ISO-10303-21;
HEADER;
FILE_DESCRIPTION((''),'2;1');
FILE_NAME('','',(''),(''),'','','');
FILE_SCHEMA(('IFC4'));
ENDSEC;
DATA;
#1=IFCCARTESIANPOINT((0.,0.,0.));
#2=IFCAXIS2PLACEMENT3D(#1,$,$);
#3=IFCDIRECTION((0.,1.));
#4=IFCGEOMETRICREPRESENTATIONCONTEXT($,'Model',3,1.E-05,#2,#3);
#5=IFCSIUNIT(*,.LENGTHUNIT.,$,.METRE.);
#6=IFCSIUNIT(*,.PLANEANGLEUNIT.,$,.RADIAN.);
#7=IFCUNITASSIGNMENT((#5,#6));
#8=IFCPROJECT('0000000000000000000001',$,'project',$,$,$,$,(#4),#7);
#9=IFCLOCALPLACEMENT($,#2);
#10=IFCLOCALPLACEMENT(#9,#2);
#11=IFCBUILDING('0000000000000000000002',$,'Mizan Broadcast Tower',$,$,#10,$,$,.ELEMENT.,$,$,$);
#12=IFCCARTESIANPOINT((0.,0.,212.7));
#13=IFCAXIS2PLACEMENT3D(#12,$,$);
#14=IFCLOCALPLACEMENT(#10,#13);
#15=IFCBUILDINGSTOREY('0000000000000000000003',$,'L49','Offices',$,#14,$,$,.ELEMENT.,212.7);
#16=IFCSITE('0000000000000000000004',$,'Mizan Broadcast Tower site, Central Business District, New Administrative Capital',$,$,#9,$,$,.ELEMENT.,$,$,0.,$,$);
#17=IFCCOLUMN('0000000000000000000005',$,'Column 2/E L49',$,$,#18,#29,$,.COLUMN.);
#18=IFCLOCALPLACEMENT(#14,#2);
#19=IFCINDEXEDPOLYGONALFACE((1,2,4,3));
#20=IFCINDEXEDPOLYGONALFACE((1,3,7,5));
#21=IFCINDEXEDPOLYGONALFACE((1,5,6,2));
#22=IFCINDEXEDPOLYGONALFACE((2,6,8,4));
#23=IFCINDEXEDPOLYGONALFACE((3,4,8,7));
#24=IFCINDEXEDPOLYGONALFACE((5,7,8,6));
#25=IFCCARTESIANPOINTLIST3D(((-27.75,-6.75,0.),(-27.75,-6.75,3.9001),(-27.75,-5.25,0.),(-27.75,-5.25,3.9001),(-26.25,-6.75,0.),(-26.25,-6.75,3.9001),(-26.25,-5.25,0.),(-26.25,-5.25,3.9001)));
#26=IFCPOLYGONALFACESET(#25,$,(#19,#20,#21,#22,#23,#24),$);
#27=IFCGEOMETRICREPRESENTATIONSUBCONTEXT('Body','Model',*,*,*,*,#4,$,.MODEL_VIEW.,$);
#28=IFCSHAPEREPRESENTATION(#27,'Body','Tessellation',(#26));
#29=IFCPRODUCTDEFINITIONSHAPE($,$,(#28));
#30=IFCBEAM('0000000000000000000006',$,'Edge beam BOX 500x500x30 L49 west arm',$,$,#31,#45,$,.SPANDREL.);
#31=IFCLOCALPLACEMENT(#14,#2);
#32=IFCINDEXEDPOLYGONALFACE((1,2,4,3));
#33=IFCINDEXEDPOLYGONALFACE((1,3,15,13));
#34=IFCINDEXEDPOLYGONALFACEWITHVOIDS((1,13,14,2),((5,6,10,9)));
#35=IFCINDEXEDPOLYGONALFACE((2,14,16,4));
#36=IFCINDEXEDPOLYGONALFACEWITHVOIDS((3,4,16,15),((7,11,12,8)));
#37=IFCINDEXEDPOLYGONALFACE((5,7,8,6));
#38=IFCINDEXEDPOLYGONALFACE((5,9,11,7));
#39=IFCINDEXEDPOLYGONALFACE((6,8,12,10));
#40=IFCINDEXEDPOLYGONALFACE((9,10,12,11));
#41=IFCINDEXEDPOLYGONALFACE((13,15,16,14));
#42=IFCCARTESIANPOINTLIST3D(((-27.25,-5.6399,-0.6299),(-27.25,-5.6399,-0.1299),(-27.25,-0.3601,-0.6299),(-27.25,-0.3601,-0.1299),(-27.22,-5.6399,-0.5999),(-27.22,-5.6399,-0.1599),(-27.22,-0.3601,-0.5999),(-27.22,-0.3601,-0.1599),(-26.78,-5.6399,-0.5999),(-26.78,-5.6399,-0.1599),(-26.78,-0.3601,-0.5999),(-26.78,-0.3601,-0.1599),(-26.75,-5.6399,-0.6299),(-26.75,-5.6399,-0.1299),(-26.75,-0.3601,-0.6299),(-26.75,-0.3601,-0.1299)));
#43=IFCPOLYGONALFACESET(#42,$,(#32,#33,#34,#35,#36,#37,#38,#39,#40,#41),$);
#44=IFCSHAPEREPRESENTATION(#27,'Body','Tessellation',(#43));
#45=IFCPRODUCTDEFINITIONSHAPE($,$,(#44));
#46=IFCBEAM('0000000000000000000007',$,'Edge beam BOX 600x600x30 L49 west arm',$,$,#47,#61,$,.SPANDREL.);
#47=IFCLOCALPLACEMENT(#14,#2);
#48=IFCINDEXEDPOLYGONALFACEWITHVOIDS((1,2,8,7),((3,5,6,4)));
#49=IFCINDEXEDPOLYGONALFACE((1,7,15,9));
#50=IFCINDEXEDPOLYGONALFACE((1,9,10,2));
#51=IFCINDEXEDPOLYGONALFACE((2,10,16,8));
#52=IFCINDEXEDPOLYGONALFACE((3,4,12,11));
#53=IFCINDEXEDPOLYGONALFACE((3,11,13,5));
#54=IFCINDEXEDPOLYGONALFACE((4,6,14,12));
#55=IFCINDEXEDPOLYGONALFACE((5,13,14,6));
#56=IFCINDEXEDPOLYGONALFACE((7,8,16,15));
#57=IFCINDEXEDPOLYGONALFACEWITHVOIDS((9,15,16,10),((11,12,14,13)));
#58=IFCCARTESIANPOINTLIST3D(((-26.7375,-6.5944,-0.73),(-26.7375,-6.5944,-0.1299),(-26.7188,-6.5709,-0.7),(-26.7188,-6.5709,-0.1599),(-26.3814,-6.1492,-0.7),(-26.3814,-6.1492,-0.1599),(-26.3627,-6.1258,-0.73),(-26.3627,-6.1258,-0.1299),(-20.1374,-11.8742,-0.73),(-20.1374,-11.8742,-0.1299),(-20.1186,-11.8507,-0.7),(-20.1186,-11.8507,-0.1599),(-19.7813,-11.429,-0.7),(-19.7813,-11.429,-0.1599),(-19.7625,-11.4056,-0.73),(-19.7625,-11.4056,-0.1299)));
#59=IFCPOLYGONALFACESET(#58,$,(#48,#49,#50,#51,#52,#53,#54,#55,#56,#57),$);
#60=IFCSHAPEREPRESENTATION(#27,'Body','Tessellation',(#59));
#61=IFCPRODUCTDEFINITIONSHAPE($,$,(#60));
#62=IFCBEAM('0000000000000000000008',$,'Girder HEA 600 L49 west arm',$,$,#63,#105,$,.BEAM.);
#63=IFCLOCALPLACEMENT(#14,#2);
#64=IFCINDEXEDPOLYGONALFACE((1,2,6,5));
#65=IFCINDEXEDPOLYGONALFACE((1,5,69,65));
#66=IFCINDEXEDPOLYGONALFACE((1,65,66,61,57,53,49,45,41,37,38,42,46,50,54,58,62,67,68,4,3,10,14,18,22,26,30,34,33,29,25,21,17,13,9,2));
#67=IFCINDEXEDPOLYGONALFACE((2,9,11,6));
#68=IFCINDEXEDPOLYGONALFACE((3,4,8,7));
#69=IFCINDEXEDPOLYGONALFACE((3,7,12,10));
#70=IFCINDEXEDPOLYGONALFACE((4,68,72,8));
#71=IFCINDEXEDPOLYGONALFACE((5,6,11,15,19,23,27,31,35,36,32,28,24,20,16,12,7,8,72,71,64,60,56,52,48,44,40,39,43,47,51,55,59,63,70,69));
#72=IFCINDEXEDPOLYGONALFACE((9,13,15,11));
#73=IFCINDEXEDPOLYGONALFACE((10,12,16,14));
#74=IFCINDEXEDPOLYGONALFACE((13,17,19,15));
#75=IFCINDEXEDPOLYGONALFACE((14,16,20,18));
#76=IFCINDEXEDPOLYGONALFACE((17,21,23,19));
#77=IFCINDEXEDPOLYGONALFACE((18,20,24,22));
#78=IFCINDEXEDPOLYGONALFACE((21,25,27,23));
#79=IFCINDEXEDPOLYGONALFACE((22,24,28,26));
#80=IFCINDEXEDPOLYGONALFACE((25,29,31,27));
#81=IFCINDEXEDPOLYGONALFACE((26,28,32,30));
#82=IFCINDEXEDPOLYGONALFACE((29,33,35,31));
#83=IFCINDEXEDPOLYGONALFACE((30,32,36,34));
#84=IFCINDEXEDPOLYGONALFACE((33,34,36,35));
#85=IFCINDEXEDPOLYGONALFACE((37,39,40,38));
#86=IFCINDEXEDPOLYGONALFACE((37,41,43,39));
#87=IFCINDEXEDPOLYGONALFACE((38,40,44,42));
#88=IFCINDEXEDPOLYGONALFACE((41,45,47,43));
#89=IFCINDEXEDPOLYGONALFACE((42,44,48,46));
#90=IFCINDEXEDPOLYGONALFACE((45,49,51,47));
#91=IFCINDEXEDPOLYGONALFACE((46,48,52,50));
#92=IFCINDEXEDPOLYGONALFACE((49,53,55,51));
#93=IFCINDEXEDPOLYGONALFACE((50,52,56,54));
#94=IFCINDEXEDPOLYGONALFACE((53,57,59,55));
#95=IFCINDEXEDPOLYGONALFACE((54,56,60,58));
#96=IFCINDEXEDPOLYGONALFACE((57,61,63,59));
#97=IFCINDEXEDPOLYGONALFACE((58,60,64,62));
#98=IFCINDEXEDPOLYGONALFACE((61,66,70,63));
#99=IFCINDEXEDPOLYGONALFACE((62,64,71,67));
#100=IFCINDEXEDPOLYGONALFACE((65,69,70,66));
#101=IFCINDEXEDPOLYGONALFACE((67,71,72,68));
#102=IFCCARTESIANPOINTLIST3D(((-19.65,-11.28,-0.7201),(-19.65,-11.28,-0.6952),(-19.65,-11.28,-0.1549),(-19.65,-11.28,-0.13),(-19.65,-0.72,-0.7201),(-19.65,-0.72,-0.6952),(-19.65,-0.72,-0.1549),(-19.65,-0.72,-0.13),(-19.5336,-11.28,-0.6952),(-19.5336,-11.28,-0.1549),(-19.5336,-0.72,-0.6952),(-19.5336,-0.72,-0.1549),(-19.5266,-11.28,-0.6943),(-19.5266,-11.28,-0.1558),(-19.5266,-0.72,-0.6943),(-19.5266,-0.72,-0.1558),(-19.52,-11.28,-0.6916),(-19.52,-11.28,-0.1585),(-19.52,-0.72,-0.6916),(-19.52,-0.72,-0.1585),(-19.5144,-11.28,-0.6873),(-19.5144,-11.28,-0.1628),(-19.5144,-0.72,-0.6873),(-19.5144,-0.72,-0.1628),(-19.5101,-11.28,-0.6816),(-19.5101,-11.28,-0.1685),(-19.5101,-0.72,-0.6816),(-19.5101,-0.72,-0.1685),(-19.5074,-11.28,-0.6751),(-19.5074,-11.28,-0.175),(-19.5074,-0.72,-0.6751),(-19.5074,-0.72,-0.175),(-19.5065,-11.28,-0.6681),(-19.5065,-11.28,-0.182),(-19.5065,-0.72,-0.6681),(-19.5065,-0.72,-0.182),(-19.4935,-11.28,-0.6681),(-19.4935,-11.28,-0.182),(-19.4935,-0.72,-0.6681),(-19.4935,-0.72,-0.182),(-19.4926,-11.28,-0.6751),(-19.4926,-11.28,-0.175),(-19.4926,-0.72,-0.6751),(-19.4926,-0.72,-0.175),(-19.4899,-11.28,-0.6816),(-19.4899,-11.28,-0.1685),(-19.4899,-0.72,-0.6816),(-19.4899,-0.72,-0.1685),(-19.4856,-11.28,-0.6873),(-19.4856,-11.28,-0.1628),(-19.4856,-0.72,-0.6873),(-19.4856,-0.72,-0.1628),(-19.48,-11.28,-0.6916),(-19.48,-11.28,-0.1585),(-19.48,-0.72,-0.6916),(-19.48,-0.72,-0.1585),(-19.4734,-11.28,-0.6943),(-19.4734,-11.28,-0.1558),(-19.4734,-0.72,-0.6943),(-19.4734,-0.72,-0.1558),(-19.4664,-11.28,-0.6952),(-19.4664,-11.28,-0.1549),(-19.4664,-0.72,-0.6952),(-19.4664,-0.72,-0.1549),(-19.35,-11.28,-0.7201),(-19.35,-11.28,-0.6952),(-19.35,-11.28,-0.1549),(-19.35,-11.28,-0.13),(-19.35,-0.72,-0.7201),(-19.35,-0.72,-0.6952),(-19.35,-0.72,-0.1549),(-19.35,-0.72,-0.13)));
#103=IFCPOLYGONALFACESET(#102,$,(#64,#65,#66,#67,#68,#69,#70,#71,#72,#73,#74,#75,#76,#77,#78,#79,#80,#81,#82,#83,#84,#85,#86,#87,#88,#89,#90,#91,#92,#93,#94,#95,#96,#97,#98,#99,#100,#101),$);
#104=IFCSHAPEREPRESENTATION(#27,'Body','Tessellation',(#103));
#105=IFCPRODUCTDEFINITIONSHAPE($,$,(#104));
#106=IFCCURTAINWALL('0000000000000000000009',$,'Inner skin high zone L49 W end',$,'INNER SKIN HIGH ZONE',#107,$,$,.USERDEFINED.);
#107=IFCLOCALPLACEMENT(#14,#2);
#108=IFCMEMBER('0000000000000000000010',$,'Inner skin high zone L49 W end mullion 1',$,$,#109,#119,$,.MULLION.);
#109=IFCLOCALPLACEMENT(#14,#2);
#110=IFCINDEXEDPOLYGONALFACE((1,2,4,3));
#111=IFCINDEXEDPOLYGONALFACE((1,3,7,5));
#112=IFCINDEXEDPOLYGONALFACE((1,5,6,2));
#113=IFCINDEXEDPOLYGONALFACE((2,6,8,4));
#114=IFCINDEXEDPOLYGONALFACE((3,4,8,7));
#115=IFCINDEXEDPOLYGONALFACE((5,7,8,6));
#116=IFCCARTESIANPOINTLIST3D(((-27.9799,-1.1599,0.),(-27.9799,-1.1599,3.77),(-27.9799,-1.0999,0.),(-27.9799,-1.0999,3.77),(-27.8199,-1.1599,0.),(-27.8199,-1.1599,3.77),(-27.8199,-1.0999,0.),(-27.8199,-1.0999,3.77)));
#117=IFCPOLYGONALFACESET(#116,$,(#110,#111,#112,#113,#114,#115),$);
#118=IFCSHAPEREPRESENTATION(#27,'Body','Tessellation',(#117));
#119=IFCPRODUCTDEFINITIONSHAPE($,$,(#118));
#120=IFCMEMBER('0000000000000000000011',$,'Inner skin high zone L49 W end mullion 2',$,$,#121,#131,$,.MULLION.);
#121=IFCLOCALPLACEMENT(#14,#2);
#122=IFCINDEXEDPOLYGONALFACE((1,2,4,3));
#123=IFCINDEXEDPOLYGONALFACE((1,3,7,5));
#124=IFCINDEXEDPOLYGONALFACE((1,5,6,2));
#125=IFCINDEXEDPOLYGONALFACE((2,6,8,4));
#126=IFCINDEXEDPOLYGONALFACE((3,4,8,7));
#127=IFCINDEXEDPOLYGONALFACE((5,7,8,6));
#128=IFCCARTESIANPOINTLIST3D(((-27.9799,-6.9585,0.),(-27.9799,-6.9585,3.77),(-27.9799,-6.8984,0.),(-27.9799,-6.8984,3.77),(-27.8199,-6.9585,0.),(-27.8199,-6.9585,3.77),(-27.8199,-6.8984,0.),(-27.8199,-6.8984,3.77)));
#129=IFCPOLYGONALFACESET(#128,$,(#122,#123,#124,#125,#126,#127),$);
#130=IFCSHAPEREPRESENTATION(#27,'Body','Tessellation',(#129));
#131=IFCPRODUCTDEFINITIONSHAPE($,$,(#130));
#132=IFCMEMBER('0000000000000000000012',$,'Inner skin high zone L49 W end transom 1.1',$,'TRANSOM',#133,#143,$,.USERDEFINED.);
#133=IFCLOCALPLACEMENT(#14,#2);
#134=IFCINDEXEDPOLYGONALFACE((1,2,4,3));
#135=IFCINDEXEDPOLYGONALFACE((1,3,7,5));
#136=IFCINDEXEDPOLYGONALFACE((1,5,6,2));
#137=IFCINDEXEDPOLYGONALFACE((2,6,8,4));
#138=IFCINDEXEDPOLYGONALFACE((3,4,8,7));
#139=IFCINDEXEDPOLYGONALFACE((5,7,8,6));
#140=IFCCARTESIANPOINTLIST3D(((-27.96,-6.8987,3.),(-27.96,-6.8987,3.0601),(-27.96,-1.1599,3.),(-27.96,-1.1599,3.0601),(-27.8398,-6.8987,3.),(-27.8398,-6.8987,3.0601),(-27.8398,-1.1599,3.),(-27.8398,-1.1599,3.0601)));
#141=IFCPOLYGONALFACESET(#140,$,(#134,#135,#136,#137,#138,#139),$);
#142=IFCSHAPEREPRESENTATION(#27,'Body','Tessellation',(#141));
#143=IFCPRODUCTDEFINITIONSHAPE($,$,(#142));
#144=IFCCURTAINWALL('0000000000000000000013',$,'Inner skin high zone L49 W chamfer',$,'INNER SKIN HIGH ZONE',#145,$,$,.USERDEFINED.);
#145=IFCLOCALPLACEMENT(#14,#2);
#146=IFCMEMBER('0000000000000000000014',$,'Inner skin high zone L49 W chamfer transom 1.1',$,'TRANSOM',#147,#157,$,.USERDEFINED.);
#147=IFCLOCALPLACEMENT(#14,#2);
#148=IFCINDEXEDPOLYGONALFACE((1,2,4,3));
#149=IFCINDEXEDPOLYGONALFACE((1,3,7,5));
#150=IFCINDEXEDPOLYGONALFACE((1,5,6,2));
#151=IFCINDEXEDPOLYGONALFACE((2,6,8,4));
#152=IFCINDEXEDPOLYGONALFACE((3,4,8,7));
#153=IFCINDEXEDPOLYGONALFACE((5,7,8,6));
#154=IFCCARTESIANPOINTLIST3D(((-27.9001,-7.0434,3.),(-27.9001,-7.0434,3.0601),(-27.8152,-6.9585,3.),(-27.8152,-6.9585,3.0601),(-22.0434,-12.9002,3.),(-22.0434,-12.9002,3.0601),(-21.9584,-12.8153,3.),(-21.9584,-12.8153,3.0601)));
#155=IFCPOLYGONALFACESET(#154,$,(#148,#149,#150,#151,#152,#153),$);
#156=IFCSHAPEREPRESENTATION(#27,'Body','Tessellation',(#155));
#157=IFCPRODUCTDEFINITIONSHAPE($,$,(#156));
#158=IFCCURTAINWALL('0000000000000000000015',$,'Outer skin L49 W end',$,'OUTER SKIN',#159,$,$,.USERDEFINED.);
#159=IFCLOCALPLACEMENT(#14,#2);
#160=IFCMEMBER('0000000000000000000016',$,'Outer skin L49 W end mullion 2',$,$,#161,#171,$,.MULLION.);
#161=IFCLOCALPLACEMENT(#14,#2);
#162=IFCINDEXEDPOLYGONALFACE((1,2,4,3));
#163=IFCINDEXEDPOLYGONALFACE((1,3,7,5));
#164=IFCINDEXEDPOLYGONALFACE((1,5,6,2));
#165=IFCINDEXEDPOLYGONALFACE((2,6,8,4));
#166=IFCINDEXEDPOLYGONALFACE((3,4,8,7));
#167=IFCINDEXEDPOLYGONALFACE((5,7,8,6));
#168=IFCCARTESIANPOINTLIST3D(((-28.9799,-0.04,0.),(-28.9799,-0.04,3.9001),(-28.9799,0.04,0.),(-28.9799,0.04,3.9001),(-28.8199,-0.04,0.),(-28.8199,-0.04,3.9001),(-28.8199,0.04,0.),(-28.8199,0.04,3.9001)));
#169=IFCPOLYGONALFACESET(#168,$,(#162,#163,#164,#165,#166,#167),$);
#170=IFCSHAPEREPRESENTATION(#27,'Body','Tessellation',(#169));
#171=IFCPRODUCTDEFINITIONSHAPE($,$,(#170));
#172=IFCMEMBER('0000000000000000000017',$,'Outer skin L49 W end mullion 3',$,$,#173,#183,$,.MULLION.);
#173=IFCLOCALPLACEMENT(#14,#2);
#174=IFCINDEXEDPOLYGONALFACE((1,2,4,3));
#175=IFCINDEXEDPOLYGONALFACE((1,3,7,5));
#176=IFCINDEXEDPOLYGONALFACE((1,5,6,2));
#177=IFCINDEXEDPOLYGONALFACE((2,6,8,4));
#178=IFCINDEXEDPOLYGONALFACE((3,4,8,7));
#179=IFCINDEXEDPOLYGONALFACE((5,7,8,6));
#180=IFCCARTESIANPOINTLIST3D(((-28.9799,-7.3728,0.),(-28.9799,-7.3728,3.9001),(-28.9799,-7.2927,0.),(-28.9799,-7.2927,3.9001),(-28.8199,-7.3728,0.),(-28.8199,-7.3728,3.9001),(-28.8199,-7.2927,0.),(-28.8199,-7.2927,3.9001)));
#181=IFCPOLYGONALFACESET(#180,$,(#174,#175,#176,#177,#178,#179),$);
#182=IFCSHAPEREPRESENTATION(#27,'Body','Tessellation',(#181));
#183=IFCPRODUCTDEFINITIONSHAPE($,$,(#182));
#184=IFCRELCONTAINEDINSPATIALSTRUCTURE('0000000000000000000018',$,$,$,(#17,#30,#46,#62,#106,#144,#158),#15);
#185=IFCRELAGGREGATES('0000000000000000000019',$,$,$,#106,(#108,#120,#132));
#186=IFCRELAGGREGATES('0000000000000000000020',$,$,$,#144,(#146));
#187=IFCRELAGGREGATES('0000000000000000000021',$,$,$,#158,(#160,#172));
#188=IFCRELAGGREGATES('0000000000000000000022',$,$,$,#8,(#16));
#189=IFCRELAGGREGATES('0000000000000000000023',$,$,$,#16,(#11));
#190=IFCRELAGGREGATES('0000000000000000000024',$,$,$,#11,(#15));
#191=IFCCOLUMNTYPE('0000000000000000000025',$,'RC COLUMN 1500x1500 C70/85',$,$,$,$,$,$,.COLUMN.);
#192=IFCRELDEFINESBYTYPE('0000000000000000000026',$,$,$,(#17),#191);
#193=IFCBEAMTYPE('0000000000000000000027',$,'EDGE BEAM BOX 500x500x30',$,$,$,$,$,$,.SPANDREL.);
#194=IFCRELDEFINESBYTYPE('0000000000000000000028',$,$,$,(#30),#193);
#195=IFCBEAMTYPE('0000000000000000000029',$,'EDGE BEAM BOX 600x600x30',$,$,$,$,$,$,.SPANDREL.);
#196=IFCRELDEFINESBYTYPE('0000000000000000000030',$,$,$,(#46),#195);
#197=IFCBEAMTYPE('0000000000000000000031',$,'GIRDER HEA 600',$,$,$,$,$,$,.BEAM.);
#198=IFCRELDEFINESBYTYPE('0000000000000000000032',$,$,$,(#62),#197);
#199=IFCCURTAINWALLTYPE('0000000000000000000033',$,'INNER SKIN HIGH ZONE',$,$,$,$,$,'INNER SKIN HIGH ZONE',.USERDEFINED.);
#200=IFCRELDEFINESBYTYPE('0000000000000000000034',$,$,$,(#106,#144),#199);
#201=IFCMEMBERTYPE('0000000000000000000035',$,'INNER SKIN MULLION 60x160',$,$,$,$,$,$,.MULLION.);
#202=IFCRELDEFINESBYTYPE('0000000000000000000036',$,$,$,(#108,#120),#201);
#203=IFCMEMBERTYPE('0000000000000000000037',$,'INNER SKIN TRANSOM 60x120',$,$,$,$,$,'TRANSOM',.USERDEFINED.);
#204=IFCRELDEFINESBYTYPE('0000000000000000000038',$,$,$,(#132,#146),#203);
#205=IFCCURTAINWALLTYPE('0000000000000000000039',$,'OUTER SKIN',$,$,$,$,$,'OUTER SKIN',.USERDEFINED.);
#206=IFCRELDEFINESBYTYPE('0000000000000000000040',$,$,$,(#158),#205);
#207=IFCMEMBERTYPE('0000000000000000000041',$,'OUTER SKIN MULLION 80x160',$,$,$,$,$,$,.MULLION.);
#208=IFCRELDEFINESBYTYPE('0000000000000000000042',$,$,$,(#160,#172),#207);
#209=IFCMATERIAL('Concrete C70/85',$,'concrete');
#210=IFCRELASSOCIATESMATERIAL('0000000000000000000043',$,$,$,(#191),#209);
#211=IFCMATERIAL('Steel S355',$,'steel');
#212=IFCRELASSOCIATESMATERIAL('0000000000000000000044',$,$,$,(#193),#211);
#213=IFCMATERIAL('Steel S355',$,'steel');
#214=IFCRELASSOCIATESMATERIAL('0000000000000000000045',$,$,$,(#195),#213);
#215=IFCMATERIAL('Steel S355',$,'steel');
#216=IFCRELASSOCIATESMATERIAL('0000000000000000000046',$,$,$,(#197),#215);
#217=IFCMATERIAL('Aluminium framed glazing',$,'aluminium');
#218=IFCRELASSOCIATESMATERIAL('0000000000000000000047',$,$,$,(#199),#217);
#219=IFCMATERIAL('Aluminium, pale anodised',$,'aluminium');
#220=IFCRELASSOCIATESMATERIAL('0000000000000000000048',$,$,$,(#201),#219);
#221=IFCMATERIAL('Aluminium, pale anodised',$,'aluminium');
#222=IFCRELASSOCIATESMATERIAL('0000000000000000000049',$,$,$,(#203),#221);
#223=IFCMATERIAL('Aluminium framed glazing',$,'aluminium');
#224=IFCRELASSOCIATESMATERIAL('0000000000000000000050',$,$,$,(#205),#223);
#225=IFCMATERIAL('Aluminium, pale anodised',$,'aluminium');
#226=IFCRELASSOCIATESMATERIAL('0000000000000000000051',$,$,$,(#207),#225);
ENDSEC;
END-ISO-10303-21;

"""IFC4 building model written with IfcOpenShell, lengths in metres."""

from ifc_helpers import new_model, si_unit, direction, frame, origin, origin_2d, place, context, subcontext, project, spatial, rectangle, hollow_rectangle, i_section, extrude, material, material_profile, profile_set, type_object, element, aggregate, save


model = new_model("IFC4")

# Units and contexts
model_context = context("Model", 3, precision=1e-05, world=origin(), true_north=direction((0.0, 1.0)))
body_context = subcontext(model_context, "Body", "Model", "MODEL_VIEW")
ifc_project = project(units=[si_unit("LENGTHUNIT", "METRE"), si_unit("PLANEANGLEUNIT", "RADIAN")], contexts=[model_context])

# Site, building, storey
site_placement = place(None, origin())
site = spatial("IfcSite", under=ifc_project, at=site_placement, Name="Mizan Broadcast Tower site, Central Business District, New Administrative Capital", CompositionType="ELEMENT", RefElevation=0.0)
building_placement = place(site_placement, origin())
building = spatial("IfcBuilding", under=site, at=building_placement, Name="Mizan Broadcast Tower", CompositionType="ELEMENT")
storey_placement = place(building_placement, frame((0.0, 0.0, 212.7)))
storey = spatial("IfcBuildingStorey", under=building, at=storey_placement, Name="L49", Description="Offices", CompositionType="ELEMENT", Elevation=212.7)

# Column
ifc_material_1 = material(Name="Concrete C70/85", Category="concrete")
ifc_material_profile_1 = material_profile(ifc_material_1, rectangle(XDim=1.5, YDim=1.5, at=origin_2d()), Name="RC 1500x1500")
ifc_profile_set_1 = profile_set([ifc_material_profile_1], Name="Concrete C70/85")
column_type = type_object("IfcColumnType", Name="RC COLUMN 1500x1500 C70/85", PredefinedType="COLUMN", material=ifc_profile_set_1)
column_placement = place(storey_placement, frame((-27.0, -6.0, 0.0), z_axis=(0.0, 0.0, 1.0), x_axis=(1.0, 0.0, 0.0)))
element("IfcColumn", 1, at=column_placement, inside=storey, type_object=column_type, Name="Column 2/E L49", PredefinedType="COLUMN", context=body_context, shape_type="SweptSolid", body=[
    extrude(rectangle(XDim=1.5, YDim=1.5, at=origin_2d()), origin(), (0.0, 0.0, 1.0), 3.9001),
])

# Beams
ifc_material_2 = material(Name="Steel S355", Category="steel")
ifc_material_profile_2 = material_profile(ifc_material_2, hollow_rectangle(XDim=0.5, YDim=0.5, WallThickness=0.03, at=origin_2d()), Name="BOX 500x500x30")
ifc_profile_set_2 = profile_set([ifc_material_profile_2], Name="Steel S355")
beam_type_1 = type_object("IfcBeamType", Name="EDGE BEAM BOX 500x500x30", PredefinedType="SPANDREL", material=ifc_profile_set_2)
beam_1_placement = place(storey_placement, frame((-27.0, -5.6399, -0.3799), z_axis=(0.0, 1.0, 0.0), x_axis=(-1.0, 0.0, 0.0)))
element("IfcBeam", 2, at=beam_1_placement, inside=storey, type_object=beam_type_1, Name="Edge beam BOX 500x500x30 L49 west arm", PredefinedType="SPANDREL", context=body_context, shape_type="SweptSolid", body=[
    extrude(hollow_rectangle(XDim=0.5, YDim=0.5, WallThickness=0.03, at=origin_2d()), origin(), (0.0, 0.0, 1.0), 5.2798),
])
ifc_material_3 = material(Name="Steel S355", Category="steel")
ifc_material_profile_3 = material_profile(ifc_material_3, hollow_rectangle(XDim=0.6001, YDim=0.6001, WallThickness=0.03, at=origin_2d()), Name="BOX 600x600x30")
ifc_profile_set_3 = profile_set([ifc_material_profile_3], Name="Steel S355")
beam_type_2 = type_object("IfcBeamType", Name="EDGE BEAM BOX 600x600x30", PredefinedType="SPANDREL", material=ifc_profile_set_3)
beam_2_placement = place(storey_placement, frame((-19.95, -11.6399, -0.4299), z_axis=(-0.780886, 0.624674, 0.0), x_axis=(-0.624674, -0.780886, 0.0)))
element("IfcBeam", 3, at=beam_2_placement, inside=storey, type_object=beam_type_2, Name="Edge beam BOX 600x600x30 L49 west arm", PredefinedType="SPANDREL", context=body_context, shape_type="SweptSolid", body=[
    extrude(hollow_rectangle(XDim=0.6001, YDim=0.6001, WallThickness=0.03, at=origin_2d()), origin(), (0.0, 0.0, 1.0), 8.4521),
])
ifc_material_4 = material(Name="Steel S355", Category="steel")
ifc_material_profile_4 = material_profile(ifc_material_4, i_section(OverallWidth=0.3, OverallDepth=0.5901, WebThickness=0.0129, FlangeThickness=0.0249, FilletRadius=0.0271, at=origin_2d()), Name="HEA 600")
ifc_profile_set_4 = profile_set([ifc_material_profile_4], Name="Steel S355")
beam_type_3 = type_object("IfcBeamType", Name="GIRDER HEA 600", PredefinedType="BEAM", material=ifc_profile_set_4)
beam_3_placement = place(storey_placement, frame((-19.5, -11.28, -0.425), z_axis=(0.0, 1.0, 0.0), x_axis=(-1.0, 0.0, 0.0)))
element("IfcBeam", 4, at=beam_3_placement, inside=storey, type_object=beam_type_3, Name="Girder HEA 600 L49 west arm", PredefinedType="BEAM", context=body_context, shape_type="SweptSolid", body=[
    extrude(i_section(OverallWidth=0.3, OverallDepth=0.5901, WebThickness=0.0129, FlangeThickness=0.0249, FilletRadius=0.0271, at=origin_2d()), origin(), (0.0, 0.0, 1.0), 10.5601),
])

# Curtain wall, members
ifc_material_5 = material(Name="Aluminium framed glazing", Category="aluminium")
curtain_wall_type_1 = type_object("IfcCurtainWallType", Name="INNER SKIN HIGH ZONE", ElementType="INNER SKIN HIGH ZONE", PredefinedType="USERDEFINED", material=ifc_material_5)
curtain_wall_1_placement = place(storey_placement, origin())
curtain_wall_1 = element("IfcCurtainWall", 5, at=curtain_wall_1_placement, inside=storey, type_object=curtain_wall_type_1, Name="Inner skin high zone L49 W end", ObjectType="INNER SKIN HIGH ZONE", PredefinedType="USERDEFINED")
ifc_material_6 = material(Name="Aluminium, pale anodised", Category="aluminium")
ifc_material_profile_5 = material_profile(ifc_material_6, rectangle(XDim=0.1599, YDim=0.0601, at=origin_2d()), Name="MULLION 160x60")
ifc_profile_set_5 = profile_set([ifc_material_profile_5], Name="Aluminium, pale anodised")
member_type_1 = type_object("IfcMemberType", Name="INNER SKIN MULLION 60x160", PredefinedType="MULLION", material=ifc_profile_set_5)
member_1_placement = place(storey_placement, frame((-27.8999, -1.1299, 0.0), z_axis=(0.0, 0.0, 1.0), x_axis=(1.0, 0.0, 0.0)))
member_1 = element("IfcMember", 6, at=member_1_placement, type_object=member_type_1, Name="Inner skin high zone L49 W end mullion 1", PredefinedType="MULLION", context=body_context, shape_type="SweptSolid", body=[
    extrude(rectangle(XDim=0.1599, YDim=0.0601, at=origin_2d()), origin(), (0.0, 0.0, 1.0), 3.77),
])
member_2_placement = place(storey_placement, frame((-27.8999, -6.9285, 0.0), z_axis=(0.0, 0.0, 1.0), x_axis=(1.0, 0.0, 0.0)))
member_2 = element("IfcMember", 7, at=member_2_placement, type_object=member_type_1, Name="Inner skin high zone L49 W end mullion 2", PredefinedType="MULLION", context=body_context, shape_type="SweptSolid", body=[
    extrude(rectangle(XDim=0.1599, YDim=0.0601, at=origin_2d()), origin(), (0.0, 0.0, 1.0), 3.77),
])
ifc_material_7 = material(Name="Aluminium, pale anodised", Category="aluminium")
ifc_material_profile_6 = material_profile(ifc_material_7, rectangle(XDim=0.1201, YDim=0.0601, at=origin_2d()), Name="TRANSOM 120x60")
ifc_profile_set_6 = profile_set([ifc_material_profile_6], Name="Aluminium, pale anodised")
member_type_2 = type_object("IfcMemberType", Name="INNER SKIN TRANSOM 60x120", ElementType="TRANSOM", PredefinedType="USERDEFINED", material=ifc_profile_set_6)
member_3_placement = place(storey_placement, frame((-27.8999, -1.1599, 3.03), z_axis=(0.0, -1.0, 0.0), x_axis=(1.0, 0.0, 0.0)))
member_3 = element("IfcMember", 8, at=member_3_placement, type_object=member_type_2, Name="Inner skin high zone L49 W end transom 1.1", ObjectType="TRANSOM", PredefinedType="USERDEFINED", context=body_context, shape_type="SweptSolid", body=[
    extrude(rectangle(XDim=0.1201, YDim=0.0601, at=origin_2d()), origin(), (0.0, 0.0, 1.0), 5.7388),
])

# Curtain wall, member
curtain_wall_2_placement = place(storey_placement, origin())
curtain_wall_2 = element("IfcCurtainWall", 9, at=curtain_wall_2_placement, inside=storey, type_object=curtain_wall_type_1, Name="Inner skin high zone L49 W chamfer", ObjectType="INNER SKIN HIGH ZONE", PredefinedType="USERDEFINED")
member_4_placement = place(storey_placement, frame((-27.8577, -7.001, 3.03), z_axis=(0.707107, -0.707107, 0.0), x_axis=(0.707107, 0.707107, 0.0)))
member_4 = element("IfcMember", 10, at=member_4_placement, type_object=member_type_2, Name="Inner skin high zone L49 W chamfer transom 1.1", ObjectType="TRANSOM", PredefinedType="USERDEFINED", context=body_context, shape_type="SweptSolid", body=[
    extrude(rectangle(XDim=0.1201, YDim=0.0601, at=origin_2d()), origin(), (0.0, 0.0, 1.0), 8.2827),
])

# Curtain wall, members
ifc_material_8 = material(Name="Aluminium framed glazing", Category="aluminium")
curtain_wall_type_2 = type_object("IfcCurtainWallType", Name="OUTER SKIN", ElementType="OUTER SKIN", PredefinedType="USERDEFINED", material=ifc_material_8)
curtain_wall_3_placement = place(storey_placement, origin())
curtain_wall_3 = element("IfcCurtainWall", 11, at=curtain_wall_3_placement, inside=storey, type_object=curtain_wall_type_2, Name="Outer skin L49 W end", ObjectType="OUTER SKIN", PredefinedType="USERDEFINED")
ifc_material_9 = material(Name="Aluminium, pale anodised", Category="aluminium")
ifc_material_profile_7 = material_profile(ifc_material_9, rectangle(XDim=0.1599, YDim=0.0801, at=origin_2d()), Name="MULLION 160x80")
ifc_profile_set_7 = profile_set([ifc_material_profile_7], Name="Aluminium, pale anodised")
member_type_3 = type_object("IfcMemberType", Name="OUTER SKIN MULLION 80x160", PredefinedType="MULLION", material=ifc_profile_set_7)
member_5_placement = place(storey_placement, frame((-28.8999, 0.0, 0.0), z_axis=(0.0, 0.0, 1.0), x_axis=(1.0, 0.0, 0.0)))
member_5 = element("IfcMember", 12, at=member_5_placement, type_object=member_type_3, Name="Outer skin L49 W end mullion 2", PredefinedType="MULLION", context=body_context, shape_type="SweptSolid", body=[
    extrude(rectangle(XDim=0.1599, YDim=0.0801, at=origin_2d()), origin(), (0.0, 0.0, 1.0), 3.9001),
])
member_6_placement = place(storey_placement, frame((-28.8999, -7.3328, 0.0), z_axis=(0.0, 0.0, 1.0), x_axis=(1.0, 0.0, 0.0)))
member_6 = element("IfcMember", 13, at=member_6_placement, type_object=member_type_3, Name="Outer skin L49 W end mullion 3", PredefinedType="MULLION", context=body_context, shape_type="SweptSolid", body=[
    extrude(rectangle(XDim=0.1599, YDim=0.0801, at=origin_2d()), origin(), (0.0, 0.0, 1.0), 3.9001),
])

aggregate(curtain_wall_1, [member_1, member_2, member_3])
aggregate(curtain_wall_2, [member_4])
aggregate(curtain_wall_3, [member_5, member_6])

save(model, "model.ifc")
